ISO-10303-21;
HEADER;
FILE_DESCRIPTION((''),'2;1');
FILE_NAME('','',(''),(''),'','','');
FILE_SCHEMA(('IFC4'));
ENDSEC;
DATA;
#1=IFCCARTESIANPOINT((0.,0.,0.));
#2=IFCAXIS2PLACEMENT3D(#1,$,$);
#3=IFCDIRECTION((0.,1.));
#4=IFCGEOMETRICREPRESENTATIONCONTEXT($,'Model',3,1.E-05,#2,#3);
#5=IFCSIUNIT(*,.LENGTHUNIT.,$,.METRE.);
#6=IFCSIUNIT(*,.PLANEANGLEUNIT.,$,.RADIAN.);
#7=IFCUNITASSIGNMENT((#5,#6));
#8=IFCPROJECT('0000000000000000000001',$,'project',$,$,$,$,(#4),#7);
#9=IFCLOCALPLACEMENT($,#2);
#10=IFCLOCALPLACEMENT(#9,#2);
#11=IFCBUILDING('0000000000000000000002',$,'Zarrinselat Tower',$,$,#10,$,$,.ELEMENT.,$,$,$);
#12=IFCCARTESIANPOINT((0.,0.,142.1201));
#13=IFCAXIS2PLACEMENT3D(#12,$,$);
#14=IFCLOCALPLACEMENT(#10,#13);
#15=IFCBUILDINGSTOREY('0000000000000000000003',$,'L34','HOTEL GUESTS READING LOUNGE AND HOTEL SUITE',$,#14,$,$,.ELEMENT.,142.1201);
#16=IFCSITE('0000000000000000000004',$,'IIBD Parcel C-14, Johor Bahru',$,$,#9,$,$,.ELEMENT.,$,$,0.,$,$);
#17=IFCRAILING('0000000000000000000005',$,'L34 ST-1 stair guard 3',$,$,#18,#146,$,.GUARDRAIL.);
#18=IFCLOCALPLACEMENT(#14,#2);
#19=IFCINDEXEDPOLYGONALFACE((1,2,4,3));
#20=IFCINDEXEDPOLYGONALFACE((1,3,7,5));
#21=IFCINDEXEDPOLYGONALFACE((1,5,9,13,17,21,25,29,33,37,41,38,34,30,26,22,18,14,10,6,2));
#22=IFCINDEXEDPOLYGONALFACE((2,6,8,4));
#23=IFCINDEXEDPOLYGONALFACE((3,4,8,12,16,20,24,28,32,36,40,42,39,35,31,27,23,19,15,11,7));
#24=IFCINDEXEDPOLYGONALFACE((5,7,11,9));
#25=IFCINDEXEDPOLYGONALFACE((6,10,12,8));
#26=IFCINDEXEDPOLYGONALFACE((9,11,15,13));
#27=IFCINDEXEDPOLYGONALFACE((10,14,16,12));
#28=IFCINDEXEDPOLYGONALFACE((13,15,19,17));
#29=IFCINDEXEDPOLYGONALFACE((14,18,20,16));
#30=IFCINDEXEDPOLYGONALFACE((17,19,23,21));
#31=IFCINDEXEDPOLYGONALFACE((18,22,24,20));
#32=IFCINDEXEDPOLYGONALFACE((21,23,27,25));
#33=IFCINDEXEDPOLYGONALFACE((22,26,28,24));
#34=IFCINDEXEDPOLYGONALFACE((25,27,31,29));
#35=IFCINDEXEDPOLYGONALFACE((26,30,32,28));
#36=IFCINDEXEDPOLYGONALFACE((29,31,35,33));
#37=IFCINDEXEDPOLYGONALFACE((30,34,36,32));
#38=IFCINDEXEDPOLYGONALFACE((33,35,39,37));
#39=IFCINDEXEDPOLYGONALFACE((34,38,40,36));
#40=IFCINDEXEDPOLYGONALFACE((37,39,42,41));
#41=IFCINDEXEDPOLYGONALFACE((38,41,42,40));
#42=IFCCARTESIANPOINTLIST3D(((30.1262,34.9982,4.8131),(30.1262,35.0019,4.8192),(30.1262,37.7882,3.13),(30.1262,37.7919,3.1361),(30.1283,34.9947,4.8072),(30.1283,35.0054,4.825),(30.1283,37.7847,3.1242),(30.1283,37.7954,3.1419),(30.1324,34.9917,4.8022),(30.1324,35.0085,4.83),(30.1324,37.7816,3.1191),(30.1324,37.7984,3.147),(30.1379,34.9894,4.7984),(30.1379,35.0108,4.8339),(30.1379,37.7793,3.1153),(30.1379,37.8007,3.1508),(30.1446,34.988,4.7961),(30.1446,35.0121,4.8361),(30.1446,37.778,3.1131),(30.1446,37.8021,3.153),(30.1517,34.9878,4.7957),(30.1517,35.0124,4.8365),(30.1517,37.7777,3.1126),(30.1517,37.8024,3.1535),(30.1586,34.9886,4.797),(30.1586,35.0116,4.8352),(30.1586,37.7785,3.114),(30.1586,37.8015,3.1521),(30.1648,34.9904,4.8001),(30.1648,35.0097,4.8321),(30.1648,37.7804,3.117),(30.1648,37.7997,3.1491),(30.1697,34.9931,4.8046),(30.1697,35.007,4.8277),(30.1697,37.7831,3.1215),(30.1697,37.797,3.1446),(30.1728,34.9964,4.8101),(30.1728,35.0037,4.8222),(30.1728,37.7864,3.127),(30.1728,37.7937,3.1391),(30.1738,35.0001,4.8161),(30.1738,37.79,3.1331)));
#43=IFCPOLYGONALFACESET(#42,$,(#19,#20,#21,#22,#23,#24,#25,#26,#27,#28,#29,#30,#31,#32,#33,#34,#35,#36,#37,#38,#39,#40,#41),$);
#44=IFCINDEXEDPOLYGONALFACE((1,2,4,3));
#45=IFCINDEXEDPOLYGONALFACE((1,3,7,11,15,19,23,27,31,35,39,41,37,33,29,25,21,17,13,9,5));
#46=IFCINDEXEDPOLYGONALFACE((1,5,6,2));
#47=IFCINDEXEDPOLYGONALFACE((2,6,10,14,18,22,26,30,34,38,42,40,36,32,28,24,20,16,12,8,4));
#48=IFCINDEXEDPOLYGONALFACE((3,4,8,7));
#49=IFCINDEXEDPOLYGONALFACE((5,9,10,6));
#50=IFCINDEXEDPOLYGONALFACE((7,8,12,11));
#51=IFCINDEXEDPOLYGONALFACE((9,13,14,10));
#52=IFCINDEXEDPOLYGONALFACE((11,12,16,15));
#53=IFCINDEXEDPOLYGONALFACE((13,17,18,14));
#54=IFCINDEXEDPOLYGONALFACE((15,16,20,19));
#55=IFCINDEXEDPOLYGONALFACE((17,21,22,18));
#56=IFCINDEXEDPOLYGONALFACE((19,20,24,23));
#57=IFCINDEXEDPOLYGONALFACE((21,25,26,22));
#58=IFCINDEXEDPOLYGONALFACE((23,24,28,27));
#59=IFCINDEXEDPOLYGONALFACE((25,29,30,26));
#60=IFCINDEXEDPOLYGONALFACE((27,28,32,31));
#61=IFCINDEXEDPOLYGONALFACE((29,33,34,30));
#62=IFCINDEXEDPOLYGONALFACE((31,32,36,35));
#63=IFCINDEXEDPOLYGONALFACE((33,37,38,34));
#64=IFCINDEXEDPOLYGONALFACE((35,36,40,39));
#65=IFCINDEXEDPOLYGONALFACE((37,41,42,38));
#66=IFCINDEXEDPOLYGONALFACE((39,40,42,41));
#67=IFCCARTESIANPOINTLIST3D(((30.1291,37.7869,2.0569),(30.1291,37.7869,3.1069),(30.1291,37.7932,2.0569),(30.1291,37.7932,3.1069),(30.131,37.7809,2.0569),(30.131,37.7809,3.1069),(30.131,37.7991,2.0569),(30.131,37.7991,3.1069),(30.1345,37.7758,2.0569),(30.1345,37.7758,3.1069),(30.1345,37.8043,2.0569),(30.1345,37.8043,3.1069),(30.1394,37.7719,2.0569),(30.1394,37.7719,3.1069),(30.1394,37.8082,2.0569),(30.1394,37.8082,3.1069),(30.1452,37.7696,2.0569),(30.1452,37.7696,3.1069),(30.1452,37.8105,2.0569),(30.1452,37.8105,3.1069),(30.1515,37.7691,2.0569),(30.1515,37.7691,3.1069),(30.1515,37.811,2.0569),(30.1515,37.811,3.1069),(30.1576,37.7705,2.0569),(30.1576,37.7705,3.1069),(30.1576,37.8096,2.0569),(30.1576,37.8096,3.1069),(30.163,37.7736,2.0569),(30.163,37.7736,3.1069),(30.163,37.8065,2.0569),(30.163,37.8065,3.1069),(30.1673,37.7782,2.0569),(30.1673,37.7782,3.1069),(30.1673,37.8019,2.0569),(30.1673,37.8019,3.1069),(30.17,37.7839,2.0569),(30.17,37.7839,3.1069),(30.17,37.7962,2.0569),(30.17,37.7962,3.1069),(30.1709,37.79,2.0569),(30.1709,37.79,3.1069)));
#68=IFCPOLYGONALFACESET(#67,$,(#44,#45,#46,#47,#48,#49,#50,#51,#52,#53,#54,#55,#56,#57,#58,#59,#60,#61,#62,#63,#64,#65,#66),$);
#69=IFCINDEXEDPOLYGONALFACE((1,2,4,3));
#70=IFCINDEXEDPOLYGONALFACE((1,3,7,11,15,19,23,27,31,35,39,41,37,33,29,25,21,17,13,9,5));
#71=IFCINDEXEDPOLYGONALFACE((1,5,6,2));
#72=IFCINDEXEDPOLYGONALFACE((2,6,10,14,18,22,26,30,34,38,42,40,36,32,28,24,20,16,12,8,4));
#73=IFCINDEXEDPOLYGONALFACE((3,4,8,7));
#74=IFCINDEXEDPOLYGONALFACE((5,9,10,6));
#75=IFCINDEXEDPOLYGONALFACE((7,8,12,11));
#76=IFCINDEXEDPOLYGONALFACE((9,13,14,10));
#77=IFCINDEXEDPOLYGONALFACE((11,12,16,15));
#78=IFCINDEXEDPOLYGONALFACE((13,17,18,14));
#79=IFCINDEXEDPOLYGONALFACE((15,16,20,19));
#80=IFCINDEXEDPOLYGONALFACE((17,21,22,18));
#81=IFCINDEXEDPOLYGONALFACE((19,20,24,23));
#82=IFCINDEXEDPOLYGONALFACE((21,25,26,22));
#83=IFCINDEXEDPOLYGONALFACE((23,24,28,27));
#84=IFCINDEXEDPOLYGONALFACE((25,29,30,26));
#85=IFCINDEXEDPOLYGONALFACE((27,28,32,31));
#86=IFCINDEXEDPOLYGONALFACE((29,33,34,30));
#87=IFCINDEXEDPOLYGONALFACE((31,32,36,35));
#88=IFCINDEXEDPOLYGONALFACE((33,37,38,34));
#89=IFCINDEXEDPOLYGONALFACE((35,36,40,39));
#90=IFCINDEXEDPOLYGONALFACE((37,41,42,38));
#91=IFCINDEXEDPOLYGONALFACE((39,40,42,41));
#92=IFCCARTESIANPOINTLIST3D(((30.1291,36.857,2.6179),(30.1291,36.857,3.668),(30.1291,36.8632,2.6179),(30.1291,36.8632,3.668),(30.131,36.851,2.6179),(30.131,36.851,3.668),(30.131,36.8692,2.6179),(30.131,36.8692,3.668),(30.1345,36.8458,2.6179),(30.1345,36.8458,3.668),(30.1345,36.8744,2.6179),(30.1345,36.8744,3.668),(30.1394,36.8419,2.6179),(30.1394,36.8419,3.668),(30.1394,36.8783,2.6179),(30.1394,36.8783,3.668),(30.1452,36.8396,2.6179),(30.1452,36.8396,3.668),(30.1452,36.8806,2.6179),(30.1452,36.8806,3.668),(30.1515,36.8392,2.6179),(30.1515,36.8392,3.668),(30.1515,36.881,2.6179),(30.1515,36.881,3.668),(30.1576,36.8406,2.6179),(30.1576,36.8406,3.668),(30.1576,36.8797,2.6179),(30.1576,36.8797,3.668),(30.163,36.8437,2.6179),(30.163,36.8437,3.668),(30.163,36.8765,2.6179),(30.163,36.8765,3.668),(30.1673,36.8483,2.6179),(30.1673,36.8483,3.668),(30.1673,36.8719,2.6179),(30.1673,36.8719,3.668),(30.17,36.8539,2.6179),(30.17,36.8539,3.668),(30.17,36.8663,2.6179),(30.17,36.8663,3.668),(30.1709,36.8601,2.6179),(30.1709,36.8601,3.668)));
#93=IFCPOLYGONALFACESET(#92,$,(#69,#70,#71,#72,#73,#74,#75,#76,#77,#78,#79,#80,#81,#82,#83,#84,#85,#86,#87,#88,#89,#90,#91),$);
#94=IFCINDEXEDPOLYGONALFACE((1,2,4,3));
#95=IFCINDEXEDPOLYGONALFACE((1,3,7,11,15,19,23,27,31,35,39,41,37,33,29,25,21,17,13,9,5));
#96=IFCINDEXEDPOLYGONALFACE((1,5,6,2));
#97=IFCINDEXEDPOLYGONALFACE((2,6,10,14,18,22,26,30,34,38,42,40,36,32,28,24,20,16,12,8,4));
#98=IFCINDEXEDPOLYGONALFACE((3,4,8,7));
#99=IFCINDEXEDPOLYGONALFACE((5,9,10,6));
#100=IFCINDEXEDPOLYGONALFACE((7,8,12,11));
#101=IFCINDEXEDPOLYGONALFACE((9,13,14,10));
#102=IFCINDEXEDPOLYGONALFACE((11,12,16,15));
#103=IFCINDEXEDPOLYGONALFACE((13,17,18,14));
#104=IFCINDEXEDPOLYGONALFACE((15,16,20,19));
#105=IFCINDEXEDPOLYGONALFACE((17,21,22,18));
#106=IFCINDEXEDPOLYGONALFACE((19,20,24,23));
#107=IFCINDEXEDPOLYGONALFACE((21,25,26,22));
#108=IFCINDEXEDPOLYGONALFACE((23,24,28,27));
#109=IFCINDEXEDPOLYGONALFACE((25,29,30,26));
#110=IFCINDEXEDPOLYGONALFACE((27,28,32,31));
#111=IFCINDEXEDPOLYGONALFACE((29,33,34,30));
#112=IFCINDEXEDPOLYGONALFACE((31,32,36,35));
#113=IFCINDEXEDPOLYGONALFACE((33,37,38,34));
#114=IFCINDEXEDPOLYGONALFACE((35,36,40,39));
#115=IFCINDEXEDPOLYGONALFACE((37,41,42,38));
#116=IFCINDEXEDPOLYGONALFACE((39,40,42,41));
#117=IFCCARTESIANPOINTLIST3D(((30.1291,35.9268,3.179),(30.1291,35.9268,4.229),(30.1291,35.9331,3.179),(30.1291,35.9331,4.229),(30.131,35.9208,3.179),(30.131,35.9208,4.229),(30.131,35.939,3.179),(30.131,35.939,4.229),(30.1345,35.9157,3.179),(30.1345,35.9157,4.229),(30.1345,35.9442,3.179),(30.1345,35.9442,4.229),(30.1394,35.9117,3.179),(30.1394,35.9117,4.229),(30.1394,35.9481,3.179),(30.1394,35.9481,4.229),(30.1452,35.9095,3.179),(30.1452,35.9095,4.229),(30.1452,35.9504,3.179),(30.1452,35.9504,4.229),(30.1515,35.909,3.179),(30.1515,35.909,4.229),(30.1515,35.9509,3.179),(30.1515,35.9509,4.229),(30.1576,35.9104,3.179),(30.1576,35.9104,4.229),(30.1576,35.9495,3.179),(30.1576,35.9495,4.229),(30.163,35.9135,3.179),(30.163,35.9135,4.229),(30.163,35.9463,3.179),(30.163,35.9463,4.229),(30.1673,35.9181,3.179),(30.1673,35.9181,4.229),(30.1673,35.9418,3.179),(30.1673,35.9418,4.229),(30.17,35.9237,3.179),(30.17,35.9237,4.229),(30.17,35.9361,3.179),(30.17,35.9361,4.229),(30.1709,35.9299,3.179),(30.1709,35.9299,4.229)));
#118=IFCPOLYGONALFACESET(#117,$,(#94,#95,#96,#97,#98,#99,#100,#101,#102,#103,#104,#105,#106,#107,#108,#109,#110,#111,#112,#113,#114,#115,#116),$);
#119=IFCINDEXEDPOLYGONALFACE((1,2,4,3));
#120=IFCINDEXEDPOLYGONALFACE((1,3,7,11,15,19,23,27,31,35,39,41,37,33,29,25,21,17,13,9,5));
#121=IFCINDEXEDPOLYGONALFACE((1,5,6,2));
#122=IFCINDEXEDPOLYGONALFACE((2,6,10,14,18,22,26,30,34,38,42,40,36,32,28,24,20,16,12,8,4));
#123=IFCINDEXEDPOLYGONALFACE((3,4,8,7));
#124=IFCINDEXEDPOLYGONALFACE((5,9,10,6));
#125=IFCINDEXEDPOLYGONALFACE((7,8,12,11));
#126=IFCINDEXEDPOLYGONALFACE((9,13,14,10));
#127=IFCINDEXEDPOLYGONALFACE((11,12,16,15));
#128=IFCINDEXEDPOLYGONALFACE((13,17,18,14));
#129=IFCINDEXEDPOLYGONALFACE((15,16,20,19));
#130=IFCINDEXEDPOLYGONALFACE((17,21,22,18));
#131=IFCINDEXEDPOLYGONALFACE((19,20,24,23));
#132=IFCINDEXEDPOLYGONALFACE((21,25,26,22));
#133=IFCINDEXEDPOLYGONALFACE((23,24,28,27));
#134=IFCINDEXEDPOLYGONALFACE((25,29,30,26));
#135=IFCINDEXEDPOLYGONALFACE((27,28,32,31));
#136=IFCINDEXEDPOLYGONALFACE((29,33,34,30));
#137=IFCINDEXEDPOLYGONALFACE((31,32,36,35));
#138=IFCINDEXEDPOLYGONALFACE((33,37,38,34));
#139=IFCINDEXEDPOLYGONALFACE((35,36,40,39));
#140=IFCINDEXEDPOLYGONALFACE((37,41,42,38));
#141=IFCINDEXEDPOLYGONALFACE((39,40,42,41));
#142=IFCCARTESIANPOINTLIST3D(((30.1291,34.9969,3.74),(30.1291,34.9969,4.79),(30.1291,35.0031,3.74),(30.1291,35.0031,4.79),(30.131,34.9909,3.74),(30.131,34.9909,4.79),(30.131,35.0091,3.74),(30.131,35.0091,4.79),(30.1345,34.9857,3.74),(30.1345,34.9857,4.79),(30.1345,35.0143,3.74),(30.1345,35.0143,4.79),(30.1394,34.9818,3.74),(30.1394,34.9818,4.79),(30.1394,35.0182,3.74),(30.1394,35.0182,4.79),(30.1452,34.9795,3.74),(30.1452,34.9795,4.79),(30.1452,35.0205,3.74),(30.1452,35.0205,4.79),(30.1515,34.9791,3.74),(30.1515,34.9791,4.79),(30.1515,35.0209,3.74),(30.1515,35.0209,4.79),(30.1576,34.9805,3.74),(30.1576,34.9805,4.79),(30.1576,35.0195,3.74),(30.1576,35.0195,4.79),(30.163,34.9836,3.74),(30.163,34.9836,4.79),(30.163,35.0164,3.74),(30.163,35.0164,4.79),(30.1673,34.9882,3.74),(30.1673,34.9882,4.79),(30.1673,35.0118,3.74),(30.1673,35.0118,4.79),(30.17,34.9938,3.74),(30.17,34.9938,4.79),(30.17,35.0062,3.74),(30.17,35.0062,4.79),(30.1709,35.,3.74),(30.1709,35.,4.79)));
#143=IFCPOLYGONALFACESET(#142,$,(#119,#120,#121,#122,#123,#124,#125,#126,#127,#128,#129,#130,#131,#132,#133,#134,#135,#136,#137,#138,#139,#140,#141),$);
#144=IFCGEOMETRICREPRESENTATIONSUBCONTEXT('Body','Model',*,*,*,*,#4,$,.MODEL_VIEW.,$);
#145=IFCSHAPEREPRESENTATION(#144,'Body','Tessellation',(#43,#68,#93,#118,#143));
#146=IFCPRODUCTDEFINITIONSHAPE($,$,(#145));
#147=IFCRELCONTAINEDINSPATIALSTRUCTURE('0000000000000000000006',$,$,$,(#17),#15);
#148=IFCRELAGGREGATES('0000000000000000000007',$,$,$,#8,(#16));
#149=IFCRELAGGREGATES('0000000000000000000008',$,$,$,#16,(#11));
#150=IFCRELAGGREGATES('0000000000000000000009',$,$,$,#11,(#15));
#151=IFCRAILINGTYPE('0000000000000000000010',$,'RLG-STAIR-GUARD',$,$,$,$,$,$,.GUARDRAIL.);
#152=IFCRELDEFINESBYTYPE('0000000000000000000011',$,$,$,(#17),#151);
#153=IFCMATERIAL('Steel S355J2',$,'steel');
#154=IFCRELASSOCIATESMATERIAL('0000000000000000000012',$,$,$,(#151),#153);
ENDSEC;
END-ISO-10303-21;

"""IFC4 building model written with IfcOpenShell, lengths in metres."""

from ifc_helpers import new_model, si_unit, direction, frame, origin, origin_2d, place, context, subcontext, project, spatial, circle, extrude, material, type_object, element, save


model = new_model("IFC4")

# Units and contexts
model_context = context("Model", 3, precision=1e-05, world=origin(), true_north=direction((0.0, 1.0)))
body_context = subcontext(model_context, "Body", "Model", "MODEL_VIEW")
ifc_project = project(units=[si_unit("LENGTHUNIT", "METRE"), si_unit("PLANEANGLEUNIT", "RADIAN")], contexts=[model_context])

# Site, building, storey
site_placement = place(None, origin())
site = spatial("IfcSite", under=ifc_project, at=site_placement, Name="IIBD Parcel C-14, Johor Bahru", CompositionType="ELEMENT", RefElevation=0.0)
building_placement = place(site_placement, origin())
building = spatial("IfcBuilding", under=site, at=building_placement, Name="Zarrinselat Tower", CompositionType="ELEMENT")
storey_placement = place(building_placement, frame((0.0, 0.0, 142.1201)))
storey = spatial("IfcBuildingStorey", under=building, at=storey_placement, Name="L34", Description="HOTEL GUESTS READING LOUNGE AND HOTEL SUITE", CompositionType="ELEMENT", Elevation=142.1201)

# Railing
ifc_material_1 = material(Name="Steel S355J2", Category="steel")
railing_type_1 = type_object("IfcRailingType", Name="RLG-STAIR-GUARD", PredefinedType="GUARDRAIL", material=ifc_material_1)
railing_1_placement = place(storey_placement, frame((30.1499, 37.79, 2.0569)))
element("IfcRailing", 1, at=railing_1_placement, inside=storey, type_object=railing_type_1, Name="L34 ST-1 stair guard 3", PredefinedType="GUARDRAIL", context=body_context, shape_type="SweptSolid", body=[
    extrude(circle(Radius=0.0239, at=origin_2d()), frame((0.0, 0.0, 1.0762), z_axis=(0.0, -0.856261, 0.516544), x_axis=(1.0, 0.0, 0.0)), (0.0, 0.0, 1.0), 3.2583),
    extrude(circle(Radius=0.021, at=origin_2d()), origin(), (0.0, 0.0, 1.0), 1.05),
    extrude(circle(Radius=0.021, at=origin_2d()), frame((0.0, -0.9299, 0.561)), (0.0, 0.0, 1.0), 1.05),
    extrude(circle(Radius=0.021, at=origin_2d()), frame((0.0, -1.8601, 1.1221)), (0.0, 0.0, 1.0), 1.05),
    extrude(circle(Radius=0.021, at=origin_2d()), frame((0.0, -2.79, 1.6831)), (0.0, 0.0, 1.0), 1.05),
])

save(model, "model.ifc")
